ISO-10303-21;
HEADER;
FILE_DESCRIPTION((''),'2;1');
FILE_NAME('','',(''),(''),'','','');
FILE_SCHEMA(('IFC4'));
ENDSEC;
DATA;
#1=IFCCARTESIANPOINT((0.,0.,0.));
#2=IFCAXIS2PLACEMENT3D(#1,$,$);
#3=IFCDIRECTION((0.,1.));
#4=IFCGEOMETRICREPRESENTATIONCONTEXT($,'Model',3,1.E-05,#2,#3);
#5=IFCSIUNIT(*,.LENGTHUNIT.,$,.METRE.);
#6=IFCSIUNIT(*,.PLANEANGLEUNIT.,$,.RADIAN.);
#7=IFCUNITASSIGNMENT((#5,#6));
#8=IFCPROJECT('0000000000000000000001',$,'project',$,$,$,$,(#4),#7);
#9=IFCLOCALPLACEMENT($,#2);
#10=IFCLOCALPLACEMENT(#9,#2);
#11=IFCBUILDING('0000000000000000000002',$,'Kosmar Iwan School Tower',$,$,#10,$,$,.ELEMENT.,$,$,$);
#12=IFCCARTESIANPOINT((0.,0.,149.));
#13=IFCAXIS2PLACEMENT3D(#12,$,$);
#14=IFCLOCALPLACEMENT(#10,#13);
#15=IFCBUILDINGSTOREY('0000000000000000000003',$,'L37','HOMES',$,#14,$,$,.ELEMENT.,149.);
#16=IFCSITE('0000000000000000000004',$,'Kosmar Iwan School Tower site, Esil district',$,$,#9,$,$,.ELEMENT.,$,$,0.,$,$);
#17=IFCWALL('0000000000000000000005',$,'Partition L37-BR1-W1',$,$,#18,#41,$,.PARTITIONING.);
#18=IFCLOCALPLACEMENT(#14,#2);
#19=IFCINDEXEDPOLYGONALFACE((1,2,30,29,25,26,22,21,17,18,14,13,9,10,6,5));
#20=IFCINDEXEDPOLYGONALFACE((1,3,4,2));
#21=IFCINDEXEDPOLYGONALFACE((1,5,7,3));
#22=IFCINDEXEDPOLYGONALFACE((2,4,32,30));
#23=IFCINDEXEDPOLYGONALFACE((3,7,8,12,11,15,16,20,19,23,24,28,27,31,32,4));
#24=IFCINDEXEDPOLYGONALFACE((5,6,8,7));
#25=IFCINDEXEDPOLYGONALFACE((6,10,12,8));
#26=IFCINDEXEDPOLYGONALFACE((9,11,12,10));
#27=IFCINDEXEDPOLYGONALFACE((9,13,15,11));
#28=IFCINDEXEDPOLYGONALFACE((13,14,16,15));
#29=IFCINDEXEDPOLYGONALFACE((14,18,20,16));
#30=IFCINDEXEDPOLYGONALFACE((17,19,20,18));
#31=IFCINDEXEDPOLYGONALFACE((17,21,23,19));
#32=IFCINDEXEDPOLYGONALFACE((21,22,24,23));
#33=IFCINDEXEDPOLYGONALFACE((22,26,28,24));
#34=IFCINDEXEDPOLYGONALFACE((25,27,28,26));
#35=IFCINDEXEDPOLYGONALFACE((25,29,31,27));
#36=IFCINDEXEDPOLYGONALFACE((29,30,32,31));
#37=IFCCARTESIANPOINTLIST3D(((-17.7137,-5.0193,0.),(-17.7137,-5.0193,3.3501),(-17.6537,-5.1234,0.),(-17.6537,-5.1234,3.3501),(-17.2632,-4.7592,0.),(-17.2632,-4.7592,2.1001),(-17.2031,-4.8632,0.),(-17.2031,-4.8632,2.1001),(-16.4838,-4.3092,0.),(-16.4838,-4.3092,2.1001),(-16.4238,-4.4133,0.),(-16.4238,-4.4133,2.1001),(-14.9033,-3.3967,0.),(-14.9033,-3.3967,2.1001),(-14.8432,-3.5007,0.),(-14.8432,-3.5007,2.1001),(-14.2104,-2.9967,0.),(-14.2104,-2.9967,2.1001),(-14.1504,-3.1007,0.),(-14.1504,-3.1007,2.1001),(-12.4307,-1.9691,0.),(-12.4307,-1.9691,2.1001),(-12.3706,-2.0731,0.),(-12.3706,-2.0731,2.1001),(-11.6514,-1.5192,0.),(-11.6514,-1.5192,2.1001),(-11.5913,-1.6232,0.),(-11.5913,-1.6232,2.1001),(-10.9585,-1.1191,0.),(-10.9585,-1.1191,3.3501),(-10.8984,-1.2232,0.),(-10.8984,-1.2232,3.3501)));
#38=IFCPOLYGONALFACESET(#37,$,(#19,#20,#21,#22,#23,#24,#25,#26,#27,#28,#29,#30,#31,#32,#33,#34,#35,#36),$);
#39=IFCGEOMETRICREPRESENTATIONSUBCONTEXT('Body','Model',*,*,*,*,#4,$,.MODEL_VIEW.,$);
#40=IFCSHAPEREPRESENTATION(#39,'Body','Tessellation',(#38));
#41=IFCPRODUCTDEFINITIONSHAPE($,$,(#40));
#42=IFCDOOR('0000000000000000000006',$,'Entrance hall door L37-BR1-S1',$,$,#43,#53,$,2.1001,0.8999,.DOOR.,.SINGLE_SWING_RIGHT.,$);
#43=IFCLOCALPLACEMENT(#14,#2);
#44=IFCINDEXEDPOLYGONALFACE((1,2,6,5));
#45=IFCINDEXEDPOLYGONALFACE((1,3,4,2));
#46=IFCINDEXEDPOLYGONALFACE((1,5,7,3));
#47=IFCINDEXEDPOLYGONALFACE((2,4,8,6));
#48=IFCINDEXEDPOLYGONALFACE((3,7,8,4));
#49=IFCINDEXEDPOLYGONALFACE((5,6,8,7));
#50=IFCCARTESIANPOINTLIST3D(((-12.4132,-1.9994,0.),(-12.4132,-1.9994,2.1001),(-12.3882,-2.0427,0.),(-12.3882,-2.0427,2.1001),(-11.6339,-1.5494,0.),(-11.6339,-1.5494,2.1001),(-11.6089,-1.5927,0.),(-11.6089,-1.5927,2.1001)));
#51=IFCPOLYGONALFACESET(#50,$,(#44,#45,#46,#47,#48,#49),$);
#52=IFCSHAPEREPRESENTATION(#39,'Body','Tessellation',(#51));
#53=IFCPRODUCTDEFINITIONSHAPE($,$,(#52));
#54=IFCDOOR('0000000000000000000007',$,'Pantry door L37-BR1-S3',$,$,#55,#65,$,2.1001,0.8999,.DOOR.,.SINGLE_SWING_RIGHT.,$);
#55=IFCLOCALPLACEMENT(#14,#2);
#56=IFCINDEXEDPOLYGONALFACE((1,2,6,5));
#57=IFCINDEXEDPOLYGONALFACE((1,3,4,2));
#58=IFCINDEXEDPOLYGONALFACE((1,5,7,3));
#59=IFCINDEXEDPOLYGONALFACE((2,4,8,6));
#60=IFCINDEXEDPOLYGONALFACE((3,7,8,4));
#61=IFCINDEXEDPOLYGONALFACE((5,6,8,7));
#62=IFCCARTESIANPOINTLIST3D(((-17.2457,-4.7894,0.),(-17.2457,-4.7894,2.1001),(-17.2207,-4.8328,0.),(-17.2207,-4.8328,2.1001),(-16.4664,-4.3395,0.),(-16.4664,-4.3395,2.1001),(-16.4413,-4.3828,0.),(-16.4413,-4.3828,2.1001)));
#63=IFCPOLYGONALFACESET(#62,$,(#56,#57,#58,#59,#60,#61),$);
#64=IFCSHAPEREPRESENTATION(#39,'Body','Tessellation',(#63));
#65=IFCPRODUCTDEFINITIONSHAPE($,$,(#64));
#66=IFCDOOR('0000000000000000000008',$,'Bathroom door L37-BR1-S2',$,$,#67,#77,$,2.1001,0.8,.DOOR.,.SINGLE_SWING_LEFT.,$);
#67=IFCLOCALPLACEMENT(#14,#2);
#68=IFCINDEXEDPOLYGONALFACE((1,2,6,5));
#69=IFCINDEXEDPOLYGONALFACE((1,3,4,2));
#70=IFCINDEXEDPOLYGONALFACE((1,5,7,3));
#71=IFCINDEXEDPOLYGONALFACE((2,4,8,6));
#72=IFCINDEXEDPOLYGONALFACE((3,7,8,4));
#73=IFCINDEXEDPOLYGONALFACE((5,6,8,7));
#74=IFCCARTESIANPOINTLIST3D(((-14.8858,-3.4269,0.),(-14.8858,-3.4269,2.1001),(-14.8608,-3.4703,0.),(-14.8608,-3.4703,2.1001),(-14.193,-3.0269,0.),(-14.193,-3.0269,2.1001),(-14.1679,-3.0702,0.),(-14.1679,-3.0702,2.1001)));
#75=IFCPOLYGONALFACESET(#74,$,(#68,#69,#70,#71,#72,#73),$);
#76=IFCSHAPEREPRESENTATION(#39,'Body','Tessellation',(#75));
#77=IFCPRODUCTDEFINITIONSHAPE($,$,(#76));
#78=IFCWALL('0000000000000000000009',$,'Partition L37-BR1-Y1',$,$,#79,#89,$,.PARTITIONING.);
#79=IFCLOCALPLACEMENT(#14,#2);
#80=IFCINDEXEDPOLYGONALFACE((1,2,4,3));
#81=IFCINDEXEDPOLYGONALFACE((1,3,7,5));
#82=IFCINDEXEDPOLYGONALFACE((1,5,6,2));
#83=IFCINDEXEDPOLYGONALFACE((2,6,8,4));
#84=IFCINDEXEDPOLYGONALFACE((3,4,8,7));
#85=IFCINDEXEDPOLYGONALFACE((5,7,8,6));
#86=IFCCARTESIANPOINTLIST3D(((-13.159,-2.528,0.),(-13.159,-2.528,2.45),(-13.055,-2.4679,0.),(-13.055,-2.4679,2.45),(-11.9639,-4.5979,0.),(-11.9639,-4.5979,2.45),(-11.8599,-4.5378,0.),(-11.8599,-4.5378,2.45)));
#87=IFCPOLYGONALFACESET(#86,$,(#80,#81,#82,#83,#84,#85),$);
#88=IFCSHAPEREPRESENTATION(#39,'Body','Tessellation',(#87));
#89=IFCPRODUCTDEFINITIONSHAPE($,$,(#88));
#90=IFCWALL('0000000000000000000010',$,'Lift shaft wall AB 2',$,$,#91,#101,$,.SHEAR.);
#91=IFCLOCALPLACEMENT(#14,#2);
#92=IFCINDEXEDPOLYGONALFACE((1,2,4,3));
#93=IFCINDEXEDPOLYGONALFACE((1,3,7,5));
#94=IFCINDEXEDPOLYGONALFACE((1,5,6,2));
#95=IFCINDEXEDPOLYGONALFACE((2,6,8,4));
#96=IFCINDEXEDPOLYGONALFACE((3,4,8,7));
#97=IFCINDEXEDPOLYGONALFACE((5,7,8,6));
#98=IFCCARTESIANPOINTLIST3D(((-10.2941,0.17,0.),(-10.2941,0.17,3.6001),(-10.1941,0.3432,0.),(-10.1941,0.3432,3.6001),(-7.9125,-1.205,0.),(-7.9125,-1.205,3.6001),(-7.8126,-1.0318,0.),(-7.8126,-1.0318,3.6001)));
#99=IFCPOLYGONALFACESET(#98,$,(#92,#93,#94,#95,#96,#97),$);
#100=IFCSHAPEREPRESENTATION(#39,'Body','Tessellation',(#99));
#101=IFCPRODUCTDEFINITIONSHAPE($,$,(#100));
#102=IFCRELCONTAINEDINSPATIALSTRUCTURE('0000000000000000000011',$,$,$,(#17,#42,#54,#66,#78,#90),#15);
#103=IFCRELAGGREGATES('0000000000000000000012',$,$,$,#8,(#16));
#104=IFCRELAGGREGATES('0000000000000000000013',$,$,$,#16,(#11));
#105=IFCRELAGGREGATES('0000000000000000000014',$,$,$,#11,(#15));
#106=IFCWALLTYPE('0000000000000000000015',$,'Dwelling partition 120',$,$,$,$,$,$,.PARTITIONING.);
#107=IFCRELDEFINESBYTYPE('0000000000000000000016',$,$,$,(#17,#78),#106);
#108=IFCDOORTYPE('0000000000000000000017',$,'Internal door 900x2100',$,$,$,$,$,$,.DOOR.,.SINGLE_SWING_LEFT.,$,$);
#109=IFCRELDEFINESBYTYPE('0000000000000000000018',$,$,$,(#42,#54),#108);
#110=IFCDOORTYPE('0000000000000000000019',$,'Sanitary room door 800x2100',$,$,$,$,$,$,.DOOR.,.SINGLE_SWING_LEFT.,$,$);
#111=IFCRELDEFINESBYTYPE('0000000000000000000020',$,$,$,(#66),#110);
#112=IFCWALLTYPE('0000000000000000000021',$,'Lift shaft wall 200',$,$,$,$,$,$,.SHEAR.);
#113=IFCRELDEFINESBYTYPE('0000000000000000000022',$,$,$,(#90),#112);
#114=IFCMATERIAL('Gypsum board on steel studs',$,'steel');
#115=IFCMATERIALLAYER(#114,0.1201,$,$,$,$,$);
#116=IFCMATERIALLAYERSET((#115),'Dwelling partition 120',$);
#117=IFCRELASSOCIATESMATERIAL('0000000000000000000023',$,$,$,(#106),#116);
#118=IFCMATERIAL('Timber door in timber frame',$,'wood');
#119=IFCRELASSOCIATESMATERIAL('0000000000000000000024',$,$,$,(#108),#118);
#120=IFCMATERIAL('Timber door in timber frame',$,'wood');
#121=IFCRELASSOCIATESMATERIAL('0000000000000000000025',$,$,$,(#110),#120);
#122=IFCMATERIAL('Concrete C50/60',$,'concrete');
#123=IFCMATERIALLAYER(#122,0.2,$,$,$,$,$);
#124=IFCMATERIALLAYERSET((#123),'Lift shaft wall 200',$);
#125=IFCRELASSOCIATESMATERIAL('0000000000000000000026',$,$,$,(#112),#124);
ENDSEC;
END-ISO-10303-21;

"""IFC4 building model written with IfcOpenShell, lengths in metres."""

from ifc_helpers import new_model, si_unit, direction, frame, frame_2d, origin, place, context, subcontext, project, spatial, rectangle, extrude, material, layer, layer_set, type_object, element, fill, save


model = new_model("IFC4")

# Units and contexts
model_context = context("Model", 3, precision=1e-05, world=origin(), true_north=direction((0.0, 1.0)))
body_context = subcontext(model_context, "Body", "Model", "MODEL_VIEW")
ifc_project = project(units=[si_unit("LENGTHUNIT", "METRE"), si_unit("PLANEANGLEUNIT", "RADIAN")], contexts=[model_context])

# Site, building, storey
site_placement = place(None, origin())
site = spatial("IfcSite", under=ifc_project, at=site_placement, Name="Kosmar Iwan School Tower site, Esil district", CompositionType="ELEMENT", RefElevation=0.0)
building_placement = place(site_placement, origin())
building = spatial("IfcBuilding", under=site, at=building_placement, Name="Kosmar Iwan School Tower", CompositionType="ELEMENT")
storey_placement = place(building_placement, frame((0.0, 0.0, 149.0)))
storey = spatial("IfcBuildingStorey", under=building, at=storey_placement, Name="L37", Description="HOMES", CompositionType="ELEMENT", Elevation=149.0)

# Wall, openings, doors
ifc_material_1 = material(Name="Gypsum board on steel studs", Category="steel")
ifc_layer_1 = layer(ifc_material_1, 0.1201)
ifc_layer_set_1 = layer_set([ifc_layer_1], Name="Dwelling partition 120")
wall_type_1 = type_object("IfcWallType", Name="Dwelling partition 120", PredefinedType="PARTITIONING", material=ifc_layer_set_1)
wall_1_placement = place(storey_placement, frame((-10.9285, -1.1711, 0.0), z_axis=(0.0, 0.0, 1.0), x_axis=(-0.866021, -0.500007, 0.0)))
wall_1 = element("IfcWall", 1, at=wall_1_placement, inside=storey, type_object=wall_type_1, Name="Partition L37-BR1-W1", PredefinedType="PARTITIONING", context=body_context, shape_type="SweptSolid", body=[
    extrude(rectangle(XDim=7.8003, YDim=0.1201, at=frame_2d((3.9001, 0.0))), origin(), (0.0, 0.0, 1.0), 3.3501),
])
opening_1_placement = place(wall_1_placement, frame((0.8, 0.0, 0.0)))
opening_1 = element("IfcOpeningElement", 2, at=opening_1_placement, cuts=wall_1, PredefinedType="OPENING", context=body_context, shape_type="SweptSolid", body=[
    extrude(rectangle(XDim=0.8999, YDim=2.1001, at=frame_2d((0.45, 1.05))), frame((0.0, 0.072, 0.0), z_axis=(0.0, -1.0, 0.0), x_axis=(1.0, 0.0, 0.0)), (0.0, 0.0, 1.0), 0.144),
])
opening_2_placement = place(wall_1_placement, frame((3.7551, 0.0, 0.0)))
opening_2 = element("IfcOpeningElement", 3, at=opening_2_placement, cuts=wall_1, PredefinedType="OPENING", context=body_context, shape_type="SweptSolid", body=[
    extrude(rectangle(XDim=0.8, YDim=2.1001, at=frame_2d((0.3999, 1.05))), frame((0.0, 0.072, 0.0), z_axis=(0.0, -1.0, 0.0), x_axis=(1.0, 0.0, 0.0)), (0.0, 0.0, 1.0), 0.144),
])
opening_3_placement = place(wall_1_placement, frame((6.3801, 0.0, 0.0)))
opening_3 = element("IfcOpeningElement", 4, at=opening_3_placement, cuts=wall_1, PredefinedType="OPENING", context=body_context, shape_type="SweptSolid", body=[
    extrude(rectangle(XDim=0.8999, YDim=2.1001, at=frame_2d((0.45, 1.05))), frame((0.0, 0.072, 0.0), z_axis=(0.0, -1.0, 0.0), x_axis=(1.0, 0.0, 0.0)), (0.0, 0.0, 1.0), 0.144),
])
ifc_material_2 = material(Name="Timber door in timber frame", Category="wood")
door_type_1 = type_object("IfcDoorType", Name="Internal door 900x2100", OperationType="SINGLE_SWING_LEFT", PredefinedType="DOOR", material=ifc_material_2)
door_1_placement = place(opening_1_placement, origin())
door_1 = element("IfcDoor", 5, at=door_1_placement, inside=storey, type_object=door_type_1, Name="Entrance hall door L37-BR1-S1", OperationType="SINGLE_SWING_RIGHT", OverallHeight=2.1001, OverallWidth=0.8999, PredefinedType="DOOR", context=body_context, shape_type="SweptSolid", body=[
    extrude(rectangle(XDim=0.8999, YDim=2.1001, at=frame_2d((0.45, 1.05))), frame((0.0, 0.0249, 0.0), z_axis=(0.0, -1.0, 0.0), x_axis=(1.0, 0.0, 0.0)), (0.0, 0.0, 1.0), 0.05),
])
fill(opening_1, door_1)
door_2_placement = place(opening_3_placement, origin())
door_2 = element("IfcDoor", 6, at=door_2_placement, inside=storey, type_object=door_type_1, Name="Pantry door L37-BR1-S3", OperationType="SINGLE_SWING_RIGHT", OverallHeight=2.1001, OverallWidth=0.8999, PredefinedType="DOOR", context=body_context, shape_type="SweptSolid", body=[
    extrude(rectangle(XDim=0.8999, YDim=2.1001, at=frame_2d((0.45, 1.05))), frame((0.0, 0.0249, 0.0), z_axis=(0.0, -1.0, 0.0), x_axis=(1.0, 0.0, 0.0)), (0.0, 0.0, 1.0), 0.05),
])
fill(opening_3, door_2)
ifc_material_3 = material(Name="Timber door in timber frame", Category="wood")
door_type_2 = type_object("IfcDoorType", Name="Sanitary room door 800x2100", OperationType="SINGLE_SWING_LEFT", PredefinedType="DOOR", material=ifc_material_3)
door_3_placement = place(opening_2_placement, origin())
door_3 = element("IfcDoor", 7, at=door_3_placement, inside=storey, type_object=door_type_2, Name="Bathroom door L37-BR1-S2", OperationType="SINGLE_SWING_LEFT", OverallHeight=2.1001, OverallWidth=0.8, PredefinedType="DOOR", context=body_context, shape_type="SweptSolid", body=[
    extrude(rectangle(XDim=0.8, YDim=2.1001, at=frame_2d((0.3999, 1.05))), frame((0.0, 0.0249, 0.0), z_axis=(0.0, -1.0, 0.0), x_axis=(1.0, 0.0, 0.0)), (0.0, 0.0, 1.0), 0.05),
])
fill(opening_2, door_3)

# Walls
wall_2_placement = place(storey_placement, frame((-11.9119, -4.5679, 0.0), z_axis=(0.0, 0.0, 1.0), x_axis=(-0.500017, 0.866015, 0.0)))
element("IfcWall", 8, at=wall_2_placement, inside=storey, type_object=wall_type_1, Name="Partition L37-BR1-Y1", PredefinedType="PARTITIONING", context=body_context, shape_type="SweptSolid", body=[
    extrude(rectangle(XDim=2.3901, YDim=0.1201, at=frame_2d((1.1951, 0.0))), origin(), (0.0, 0.0, 1.0), 2.45),
])
ifc_material_4 = material(Name="Concrete C50/60", Category="concrete")
ifc_layer_2 = layer(ifc_material_4, 0.2)
ifc_layer_set_2 = layer_set([ifc_layer_2], Name="Lift shaft wall 200")
wall_type_2 = type_object("IfcWallType", Name="Lift shaft wall 200", PredefinedType="SHEAR", material=ifc_layer_set_2)
wall_3_placement = place(storey_placement, frame((-7.8625, -1.1184, 0.0), z_axis=(0.0, 0.0, 1.0), x_axis=(-0.866027, 0.499997, 0.0)))
element("IfcWall", 9, at=wall_3_placement, inside=storey, type_object=wall_type_2, Name="Lift shaft wall AB 2", PredefinedType="SHEAR", context=body_context, shape_type="SweptSolid", body=[
    extrude(rectangle(XDim=2.75, YDim=0.2, at=frame_2d((1.375, 0.0))), origin(), (0.0, 0.0, 1.0), 3.6001),
])

save(model, "model.ifc")
